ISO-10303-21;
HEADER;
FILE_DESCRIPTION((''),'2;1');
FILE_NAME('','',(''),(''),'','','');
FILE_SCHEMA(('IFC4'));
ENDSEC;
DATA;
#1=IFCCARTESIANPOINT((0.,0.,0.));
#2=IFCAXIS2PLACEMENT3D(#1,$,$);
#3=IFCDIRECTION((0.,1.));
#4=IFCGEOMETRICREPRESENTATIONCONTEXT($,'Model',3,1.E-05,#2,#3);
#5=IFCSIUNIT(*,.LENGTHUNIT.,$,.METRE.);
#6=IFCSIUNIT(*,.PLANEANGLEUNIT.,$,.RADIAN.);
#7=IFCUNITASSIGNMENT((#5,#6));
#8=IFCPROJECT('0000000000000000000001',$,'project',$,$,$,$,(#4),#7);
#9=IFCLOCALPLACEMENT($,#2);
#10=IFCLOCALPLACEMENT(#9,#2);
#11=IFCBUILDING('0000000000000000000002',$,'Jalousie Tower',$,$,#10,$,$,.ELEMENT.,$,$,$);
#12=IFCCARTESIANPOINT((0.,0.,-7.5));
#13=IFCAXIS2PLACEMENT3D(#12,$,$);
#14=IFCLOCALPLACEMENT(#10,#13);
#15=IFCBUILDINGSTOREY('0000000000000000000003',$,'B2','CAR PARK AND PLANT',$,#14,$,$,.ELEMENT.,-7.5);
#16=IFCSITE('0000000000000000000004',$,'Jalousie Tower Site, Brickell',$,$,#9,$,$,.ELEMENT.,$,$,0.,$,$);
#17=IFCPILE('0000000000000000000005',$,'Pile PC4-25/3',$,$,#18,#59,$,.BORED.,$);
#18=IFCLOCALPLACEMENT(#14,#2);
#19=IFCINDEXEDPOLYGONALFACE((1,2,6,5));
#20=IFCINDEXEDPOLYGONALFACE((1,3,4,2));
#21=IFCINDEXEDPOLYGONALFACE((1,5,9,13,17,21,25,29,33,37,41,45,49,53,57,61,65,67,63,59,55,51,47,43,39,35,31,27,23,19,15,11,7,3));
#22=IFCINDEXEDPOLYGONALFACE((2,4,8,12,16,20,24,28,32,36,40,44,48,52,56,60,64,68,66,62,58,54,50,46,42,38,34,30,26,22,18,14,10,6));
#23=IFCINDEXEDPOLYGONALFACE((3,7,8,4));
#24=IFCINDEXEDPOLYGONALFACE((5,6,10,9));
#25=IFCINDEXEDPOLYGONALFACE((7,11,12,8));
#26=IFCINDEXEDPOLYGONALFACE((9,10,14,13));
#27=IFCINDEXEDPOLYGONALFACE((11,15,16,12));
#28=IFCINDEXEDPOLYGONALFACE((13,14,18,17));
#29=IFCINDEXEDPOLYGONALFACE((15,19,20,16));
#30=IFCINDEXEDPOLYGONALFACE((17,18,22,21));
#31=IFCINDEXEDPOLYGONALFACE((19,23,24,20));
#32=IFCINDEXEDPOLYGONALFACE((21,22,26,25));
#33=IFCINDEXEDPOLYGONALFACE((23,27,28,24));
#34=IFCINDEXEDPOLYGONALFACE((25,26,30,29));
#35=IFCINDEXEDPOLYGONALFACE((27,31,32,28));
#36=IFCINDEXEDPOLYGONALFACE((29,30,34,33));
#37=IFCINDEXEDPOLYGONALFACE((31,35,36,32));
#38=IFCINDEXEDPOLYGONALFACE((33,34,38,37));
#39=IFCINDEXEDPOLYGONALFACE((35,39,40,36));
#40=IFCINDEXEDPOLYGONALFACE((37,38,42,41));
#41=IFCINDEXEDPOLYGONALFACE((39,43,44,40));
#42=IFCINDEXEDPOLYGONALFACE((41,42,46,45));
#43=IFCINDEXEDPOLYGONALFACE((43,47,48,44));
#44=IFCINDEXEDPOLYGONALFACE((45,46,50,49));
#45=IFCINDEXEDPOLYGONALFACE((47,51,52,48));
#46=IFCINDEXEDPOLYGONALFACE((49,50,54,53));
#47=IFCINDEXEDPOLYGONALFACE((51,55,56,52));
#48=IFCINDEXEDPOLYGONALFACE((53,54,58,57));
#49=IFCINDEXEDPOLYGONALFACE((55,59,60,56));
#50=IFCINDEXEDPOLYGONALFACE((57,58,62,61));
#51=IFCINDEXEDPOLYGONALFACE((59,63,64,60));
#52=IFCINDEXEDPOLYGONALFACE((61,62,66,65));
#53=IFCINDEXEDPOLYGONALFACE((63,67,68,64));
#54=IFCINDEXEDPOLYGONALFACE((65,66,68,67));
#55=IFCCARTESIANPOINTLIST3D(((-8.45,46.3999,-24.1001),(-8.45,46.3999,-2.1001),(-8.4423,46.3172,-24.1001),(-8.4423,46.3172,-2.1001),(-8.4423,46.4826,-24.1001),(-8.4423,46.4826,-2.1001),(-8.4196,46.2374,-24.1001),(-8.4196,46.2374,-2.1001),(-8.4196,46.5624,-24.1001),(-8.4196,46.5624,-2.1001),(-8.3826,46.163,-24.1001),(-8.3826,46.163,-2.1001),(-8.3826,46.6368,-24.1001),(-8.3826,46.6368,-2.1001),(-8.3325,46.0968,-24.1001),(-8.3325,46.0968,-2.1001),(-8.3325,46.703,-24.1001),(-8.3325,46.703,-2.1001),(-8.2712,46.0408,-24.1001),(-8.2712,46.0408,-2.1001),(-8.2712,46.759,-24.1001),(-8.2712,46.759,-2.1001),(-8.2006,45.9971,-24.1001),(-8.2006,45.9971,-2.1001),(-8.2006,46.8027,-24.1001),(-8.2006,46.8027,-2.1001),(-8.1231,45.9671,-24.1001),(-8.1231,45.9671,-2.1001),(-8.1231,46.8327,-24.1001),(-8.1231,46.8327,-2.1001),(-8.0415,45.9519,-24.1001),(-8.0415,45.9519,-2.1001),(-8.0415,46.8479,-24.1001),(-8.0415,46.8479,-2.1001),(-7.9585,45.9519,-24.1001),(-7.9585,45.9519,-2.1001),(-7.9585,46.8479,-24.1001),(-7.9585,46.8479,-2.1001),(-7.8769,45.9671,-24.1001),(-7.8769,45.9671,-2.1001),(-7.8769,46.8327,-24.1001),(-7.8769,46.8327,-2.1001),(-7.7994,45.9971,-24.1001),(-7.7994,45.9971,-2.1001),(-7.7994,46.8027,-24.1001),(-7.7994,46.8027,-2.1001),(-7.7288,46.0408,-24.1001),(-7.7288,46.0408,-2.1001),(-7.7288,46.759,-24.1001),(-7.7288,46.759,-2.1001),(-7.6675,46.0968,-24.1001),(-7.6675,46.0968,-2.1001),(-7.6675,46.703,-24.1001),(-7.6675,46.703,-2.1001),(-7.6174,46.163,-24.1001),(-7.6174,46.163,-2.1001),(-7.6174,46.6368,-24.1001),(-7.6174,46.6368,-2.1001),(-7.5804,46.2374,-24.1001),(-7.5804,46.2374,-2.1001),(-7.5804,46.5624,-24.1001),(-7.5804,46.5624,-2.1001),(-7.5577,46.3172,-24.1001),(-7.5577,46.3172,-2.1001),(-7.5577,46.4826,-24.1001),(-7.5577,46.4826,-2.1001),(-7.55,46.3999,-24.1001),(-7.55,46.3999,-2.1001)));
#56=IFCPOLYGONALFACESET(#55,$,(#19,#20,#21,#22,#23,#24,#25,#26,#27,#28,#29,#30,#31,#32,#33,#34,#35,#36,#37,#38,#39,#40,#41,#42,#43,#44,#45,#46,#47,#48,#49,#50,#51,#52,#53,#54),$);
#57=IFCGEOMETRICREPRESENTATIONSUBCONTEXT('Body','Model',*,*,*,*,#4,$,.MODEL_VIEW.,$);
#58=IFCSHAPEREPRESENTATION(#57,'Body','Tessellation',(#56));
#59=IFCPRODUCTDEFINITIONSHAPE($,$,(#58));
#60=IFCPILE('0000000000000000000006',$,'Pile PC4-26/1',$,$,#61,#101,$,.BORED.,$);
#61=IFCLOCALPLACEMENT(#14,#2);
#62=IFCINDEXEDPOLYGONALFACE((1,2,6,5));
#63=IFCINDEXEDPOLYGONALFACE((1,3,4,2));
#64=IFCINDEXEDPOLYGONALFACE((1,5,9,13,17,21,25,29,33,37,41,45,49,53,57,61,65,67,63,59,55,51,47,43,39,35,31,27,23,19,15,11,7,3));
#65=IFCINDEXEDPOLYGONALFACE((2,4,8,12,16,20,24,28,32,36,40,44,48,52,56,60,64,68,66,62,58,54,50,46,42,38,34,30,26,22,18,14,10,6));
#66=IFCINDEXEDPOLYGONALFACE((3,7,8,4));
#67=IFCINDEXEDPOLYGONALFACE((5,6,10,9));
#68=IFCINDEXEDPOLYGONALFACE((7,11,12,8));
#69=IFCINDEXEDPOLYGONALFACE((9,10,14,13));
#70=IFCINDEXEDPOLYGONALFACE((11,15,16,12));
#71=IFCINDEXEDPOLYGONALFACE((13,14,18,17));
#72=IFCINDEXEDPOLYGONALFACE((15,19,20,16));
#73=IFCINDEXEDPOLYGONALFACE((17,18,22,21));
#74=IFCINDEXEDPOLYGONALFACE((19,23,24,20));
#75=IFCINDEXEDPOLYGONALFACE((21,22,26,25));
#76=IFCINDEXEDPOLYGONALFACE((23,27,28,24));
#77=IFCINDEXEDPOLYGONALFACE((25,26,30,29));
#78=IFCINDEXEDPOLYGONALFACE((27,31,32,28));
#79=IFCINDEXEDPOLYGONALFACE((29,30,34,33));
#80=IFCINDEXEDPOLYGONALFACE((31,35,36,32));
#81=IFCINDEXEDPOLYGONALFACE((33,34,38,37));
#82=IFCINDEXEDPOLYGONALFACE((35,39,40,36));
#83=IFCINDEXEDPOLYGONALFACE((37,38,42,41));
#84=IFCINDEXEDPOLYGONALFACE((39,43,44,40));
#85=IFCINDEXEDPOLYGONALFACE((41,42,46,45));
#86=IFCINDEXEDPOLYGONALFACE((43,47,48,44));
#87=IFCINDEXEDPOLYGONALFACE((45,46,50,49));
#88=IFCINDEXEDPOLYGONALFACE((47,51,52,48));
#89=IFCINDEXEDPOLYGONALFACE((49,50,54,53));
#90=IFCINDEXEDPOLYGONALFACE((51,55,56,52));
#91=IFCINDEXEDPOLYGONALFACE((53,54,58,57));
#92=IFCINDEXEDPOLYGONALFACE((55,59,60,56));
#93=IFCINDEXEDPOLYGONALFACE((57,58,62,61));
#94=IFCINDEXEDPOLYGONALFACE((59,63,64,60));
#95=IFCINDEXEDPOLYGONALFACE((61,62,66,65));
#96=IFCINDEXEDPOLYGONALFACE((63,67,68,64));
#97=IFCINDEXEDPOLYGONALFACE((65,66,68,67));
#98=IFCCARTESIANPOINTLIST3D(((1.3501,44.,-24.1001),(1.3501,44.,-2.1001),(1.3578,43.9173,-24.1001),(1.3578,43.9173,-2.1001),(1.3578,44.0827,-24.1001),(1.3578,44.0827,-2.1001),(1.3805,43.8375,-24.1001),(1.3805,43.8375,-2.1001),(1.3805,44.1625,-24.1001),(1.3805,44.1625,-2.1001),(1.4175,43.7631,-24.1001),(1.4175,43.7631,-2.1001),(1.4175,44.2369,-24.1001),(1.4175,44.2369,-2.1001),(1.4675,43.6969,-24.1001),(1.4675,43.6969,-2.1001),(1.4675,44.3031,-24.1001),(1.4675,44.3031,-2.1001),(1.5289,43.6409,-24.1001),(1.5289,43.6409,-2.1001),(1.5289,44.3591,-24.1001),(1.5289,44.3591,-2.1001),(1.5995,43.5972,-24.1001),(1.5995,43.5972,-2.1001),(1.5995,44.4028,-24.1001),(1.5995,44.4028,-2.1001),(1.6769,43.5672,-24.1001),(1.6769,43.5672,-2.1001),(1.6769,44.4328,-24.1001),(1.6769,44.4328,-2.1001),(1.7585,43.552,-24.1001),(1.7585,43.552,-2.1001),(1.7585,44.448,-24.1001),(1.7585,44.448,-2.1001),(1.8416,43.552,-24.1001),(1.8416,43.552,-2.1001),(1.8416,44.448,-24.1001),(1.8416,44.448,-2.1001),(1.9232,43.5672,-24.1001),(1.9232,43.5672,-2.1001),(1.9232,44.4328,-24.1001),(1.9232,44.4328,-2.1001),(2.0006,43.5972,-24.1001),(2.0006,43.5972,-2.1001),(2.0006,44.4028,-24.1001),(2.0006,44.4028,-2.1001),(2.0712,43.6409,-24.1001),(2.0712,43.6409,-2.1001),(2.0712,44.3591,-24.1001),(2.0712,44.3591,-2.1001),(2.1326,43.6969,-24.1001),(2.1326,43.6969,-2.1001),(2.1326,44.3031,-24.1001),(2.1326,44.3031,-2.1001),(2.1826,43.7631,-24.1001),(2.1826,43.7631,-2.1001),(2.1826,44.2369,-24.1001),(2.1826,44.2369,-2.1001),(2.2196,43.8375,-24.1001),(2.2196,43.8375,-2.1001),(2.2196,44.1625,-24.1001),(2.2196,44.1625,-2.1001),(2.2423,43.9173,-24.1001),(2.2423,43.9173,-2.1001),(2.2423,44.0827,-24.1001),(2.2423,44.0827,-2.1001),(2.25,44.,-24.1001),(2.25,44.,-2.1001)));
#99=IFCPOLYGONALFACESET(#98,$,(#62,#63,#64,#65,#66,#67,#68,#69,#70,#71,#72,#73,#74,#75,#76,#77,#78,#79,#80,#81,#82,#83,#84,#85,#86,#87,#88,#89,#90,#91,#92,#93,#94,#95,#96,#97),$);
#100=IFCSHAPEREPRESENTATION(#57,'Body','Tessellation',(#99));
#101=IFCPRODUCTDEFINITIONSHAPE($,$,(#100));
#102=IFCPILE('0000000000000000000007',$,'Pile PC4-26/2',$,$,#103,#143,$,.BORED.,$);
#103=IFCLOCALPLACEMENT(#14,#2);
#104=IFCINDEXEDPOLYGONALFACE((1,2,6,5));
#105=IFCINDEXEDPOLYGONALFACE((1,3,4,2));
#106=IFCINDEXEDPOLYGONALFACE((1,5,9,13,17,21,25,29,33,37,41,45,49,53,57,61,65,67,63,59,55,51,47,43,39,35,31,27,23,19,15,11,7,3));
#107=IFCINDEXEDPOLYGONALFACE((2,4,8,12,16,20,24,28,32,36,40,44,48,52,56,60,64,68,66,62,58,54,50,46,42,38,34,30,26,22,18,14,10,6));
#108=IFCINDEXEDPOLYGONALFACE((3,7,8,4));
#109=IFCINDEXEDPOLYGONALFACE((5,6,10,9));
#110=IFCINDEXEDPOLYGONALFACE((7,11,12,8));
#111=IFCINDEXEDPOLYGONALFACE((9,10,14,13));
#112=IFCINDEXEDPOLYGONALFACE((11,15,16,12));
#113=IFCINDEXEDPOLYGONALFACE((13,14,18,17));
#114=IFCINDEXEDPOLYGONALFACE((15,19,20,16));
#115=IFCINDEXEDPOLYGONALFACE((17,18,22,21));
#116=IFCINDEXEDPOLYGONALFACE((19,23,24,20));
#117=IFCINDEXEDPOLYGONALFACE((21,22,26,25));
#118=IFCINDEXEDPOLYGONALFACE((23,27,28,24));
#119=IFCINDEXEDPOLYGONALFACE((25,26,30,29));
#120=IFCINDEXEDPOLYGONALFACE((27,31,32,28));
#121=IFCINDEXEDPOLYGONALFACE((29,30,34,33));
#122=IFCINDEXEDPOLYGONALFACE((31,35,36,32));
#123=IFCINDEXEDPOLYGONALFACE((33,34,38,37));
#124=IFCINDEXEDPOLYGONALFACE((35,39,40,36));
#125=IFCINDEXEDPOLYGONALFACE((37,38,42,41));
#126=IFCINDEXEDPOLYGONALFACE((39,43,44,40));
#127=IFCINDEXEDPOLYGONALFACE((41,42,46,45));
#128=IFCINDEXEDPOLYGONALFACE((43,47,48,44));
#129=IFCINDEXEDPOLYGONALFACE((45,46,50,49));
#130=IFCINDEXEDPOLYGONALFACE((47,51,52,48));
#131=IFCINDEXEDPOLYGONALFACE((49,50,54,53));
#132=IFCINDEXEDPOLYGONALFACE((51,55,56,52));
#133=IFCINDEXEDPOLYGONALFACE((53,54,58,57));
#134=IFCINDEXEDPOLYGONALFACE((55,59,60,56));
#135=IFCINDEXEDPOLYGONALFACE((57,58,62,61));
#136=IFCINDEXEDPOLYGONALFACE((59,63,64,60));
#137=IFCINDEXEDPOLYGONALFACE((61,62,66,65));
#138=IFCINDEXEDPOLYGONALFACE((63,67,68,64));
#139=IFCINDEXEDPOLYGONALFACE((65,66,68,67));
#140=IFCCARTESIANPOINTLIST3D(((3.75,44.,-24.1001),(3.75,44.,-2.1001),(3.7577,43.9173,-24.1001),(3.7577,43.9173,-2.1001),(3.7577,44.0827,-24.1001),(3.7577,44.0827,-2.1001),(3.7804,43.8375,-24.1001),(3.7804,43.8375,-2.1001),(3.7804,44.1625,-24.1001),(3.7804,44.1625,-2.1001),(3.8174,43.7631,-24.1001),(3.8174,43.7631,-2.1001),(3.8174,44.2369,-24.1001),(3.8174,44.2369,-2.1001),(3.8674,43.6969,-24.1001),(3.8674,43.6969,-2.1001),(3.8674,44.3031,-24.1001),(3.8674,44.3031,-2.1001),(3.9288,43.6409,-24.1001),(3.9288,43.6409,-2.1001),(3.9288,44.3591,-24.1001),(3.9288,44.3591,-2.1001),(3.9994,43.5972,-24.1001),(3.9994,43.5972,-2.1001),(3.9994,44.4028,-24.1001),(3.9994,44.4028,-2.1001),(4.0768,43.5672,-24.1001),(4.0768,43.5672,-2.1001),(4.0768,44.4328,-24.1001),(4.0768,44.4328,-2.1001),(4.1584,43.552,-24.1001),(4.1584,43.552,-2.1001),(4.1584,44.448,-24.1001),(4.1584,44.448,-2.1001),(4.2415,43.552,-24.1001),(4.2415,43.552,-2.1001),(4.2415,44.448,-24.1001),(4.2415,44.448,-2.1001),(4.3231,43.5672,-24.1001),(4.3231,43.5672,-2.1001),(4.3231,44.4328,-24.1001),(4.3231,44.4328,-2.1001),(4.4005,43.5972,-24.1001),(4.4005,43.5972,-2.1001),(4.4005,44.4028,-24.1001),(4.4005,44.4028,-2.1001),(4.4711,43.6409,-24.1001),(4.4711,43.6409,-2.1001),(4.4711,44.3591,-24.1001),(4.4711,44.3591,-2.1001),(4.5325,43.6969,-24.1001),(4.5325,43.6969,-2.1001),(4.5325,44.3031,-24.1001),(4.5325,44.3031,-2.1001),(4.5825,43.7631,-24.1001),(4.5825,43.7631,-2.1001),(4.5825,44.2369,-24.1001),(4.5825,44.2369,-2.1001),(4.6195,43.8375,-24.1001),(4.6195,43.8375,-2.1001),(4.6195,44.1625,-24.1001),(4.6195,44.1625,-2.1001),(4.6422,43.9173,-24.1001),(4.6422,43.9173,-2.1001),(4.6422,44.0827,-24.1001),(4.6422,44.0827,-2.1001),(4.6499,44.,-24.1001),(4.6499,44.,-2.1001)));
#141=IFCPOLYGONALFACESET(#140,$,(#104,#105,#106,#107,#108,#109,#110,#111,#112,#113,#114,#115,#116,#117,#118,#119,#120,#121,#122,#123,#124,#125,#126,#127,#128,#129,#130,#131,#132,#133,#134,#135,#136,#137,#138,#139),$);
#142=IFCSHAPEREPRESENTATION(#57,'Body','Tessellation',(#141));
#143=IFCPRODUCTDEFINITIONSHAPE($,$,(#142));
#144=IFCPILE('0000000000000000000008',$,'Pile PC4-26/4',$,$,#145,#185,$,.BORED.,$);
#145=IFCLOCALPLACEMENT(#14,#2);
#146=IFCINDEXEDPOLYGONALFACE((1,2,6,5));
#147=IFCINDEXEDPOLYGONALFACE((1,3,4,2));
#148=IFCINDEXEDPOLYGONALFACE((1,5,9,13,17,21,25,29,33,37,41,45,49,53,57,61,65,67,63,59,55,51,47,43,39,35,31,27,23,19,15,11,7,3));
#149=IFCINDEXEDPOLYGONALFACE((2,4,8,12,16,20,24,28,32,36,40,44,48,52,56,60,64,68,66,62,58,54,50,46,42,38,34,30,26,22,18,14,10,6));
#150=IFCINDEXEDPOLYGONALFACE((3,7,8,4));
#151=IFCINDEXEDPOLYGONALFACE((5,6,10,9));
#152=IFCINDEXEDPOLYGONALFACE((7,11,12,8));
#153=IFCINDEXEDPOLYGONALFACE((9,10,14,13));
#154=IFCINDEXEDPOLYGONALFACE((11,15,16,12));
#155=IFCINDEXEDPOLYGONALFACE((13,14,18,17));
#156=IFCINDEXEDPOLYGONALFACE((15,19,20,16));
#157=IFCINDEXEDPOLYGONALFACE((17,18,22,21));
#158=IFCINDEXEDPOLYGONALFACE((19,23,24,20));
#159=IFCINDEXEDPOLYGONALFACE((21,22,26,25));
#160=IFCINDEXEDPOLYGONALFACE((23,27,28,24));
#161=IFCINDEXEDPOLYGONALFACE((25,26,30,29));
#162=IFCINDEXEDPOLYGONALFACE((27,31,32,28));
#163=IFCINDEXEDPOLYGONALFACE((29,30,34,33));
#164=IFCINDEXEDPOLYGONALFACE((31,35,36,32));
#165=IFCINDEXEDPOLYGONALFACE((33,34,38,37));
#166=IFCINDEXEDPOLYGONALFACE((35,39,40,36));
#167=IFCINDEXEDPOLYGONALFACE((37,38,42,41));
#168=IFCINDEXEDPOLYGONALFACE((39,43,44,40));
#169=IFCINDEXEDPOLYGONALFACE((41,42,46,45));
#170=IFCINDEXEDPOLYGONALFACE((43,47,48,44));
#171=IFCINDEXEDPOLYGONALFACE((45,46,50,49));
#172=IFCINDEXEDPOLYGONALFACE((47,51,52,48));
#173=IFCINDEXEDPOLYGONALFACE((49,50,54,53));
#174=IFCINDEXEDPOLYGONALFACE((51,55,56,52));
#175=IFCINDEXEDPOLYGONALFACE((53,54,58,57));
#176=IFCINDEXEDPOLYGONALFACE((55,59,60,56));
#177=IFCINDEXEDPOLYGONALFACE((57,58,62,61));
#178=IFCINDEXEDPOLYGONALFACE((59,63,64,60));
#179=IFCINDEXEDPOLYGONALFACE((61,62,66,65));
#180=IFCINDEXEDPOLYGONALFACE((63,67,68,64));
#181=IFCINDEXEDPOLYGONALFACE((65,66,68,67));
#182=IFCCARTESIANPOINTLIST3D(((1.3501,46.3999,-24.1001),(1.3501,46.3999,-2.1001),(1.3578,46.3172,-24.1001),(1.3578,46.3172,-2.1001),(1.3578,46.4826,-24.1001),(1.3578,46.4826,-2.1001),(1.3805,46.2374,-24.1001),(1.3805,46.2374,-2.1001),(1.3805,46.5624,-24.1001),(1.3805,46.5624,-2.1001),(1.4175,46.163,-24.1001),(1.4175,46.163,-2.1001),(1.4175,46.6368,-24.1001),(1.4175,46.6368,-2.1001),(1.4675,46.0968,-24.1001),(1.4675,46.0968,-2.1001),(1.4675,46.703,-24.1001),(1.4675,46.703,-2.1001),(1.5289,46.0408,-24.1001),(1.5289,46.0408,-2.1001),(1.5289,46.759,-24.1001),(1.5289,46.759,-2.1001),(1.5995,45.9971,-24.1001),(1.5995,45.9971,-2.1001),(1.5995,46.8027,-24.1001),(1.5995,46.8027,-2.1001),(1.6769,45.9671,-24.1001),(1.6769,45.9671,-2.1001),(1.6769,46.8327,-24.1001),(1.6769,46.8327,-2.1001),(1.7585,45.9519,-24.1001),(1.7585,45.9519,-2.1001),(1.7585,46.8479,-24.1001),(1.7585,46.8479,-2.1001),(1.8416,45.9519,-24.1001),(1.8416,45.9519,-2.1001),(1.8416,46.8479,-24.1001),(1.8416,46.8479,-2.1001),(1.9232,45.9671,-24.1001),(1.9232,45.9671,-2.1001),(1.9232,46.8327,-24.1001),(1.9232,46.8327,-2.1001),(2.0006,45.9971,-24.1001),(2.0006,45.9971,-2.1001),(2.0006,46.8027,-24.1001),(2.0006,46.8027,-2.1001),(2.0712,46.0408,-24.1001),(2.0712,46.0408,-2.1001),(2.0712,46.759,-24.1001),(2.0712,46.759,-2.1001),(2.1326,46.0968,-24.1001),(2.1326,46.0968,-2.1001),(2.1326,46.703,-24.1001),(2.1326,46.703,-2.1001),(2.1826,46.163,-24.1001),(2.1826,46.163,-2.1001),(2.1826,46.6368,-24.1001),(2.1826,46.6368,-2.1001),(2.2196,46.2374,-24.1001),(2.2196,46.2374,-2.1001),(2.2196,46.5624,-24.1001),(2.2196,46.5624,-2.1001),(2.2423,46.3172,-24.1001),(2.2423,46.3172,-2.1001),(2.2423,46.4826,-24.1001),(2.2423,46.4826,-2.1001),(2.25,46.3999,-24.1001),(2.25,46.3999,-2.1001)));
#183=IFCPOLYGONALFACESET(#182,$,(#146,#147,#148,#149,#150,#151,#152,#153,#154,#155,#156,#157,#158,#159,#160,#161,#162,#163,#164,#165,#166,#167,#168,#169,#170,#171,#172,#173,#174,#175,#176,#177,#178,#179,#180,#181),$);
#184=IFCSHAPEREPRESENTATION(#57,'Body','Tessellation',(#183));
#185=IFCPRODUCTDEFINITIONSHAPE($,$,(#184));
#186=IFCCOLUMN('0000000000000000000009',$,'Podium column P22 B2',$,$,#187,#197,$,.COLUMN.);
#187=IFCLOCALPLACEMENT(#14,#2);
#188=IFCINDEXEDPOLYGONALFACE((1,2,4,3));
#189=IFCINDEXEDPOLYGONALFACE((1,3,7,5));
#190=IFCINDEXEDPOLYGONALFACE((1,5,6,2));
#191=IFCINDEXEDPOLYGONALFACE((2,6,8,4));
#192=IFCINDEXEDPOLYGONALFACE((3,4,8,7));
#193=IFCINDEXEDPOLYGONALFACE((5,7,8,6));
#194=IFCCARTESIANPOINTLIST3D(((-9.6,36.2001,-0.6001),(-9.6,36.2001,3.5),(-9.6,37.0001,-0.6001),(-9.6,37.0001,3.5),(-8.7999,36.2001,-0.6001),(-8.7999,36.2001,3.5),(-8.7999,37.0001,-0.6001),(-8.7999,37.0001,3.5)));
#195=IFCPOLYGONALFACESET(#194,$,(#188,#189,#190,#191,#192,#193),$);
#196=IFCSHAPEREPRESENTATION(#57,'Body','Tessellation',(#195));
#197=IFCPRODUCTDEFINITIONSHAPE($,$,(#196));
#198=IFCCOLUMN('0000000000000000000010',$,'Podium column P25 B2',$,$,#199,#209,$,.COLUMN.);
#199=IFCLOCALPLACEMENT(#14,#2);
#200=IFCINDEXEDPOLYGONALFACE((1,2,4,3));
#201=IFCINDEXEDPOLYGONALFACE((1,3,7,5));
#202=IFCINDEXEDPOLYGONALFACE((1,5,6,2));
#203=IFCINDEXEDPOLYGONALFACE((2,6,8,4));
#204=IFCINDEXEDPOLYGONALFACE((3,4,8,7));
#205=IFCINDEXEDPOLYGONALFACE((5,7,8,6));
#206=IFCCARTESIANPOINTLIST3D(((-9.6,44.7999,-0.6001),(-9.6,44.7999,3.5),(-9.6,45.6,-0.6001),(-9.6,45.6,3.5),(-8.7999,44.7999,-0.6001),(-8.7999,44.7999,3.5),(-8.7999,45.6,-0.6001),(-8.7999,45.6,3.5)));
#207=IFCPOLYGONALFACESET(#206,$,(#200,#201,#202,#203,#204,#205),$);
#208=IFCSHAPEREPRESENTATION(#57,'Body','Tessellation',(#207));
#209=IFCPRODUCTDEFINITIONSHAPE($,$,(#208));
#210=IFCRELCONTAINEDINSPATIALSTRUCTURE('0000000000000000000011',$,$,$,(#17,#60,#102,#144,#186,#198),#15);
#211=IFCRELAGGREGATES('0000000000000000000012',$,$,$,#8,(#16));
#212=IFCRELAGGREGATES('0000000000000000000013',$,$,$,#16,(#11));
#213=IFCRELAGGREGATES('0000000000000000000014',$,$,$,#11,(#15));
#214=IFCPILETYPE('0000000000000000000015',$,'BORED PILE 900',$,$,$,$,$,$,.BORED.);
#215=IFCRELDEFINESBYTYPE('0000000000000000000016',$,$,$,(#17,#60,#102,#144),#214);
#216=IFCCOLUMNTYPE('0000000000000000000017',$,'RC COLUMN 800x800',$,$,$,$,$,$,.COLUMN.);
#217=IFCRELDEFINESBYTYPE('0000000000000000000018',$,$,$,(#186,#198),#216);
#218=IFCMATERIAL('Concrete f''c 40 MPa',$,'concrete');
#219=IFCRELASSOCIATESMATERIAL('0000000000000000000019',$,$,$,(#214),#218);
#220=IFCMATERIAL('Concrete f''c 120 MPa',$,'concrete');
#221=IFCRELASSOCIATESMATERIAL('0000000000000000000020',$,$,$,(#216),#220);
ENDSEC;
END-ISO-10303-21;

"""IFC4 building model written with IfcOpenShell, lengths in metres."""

from ifc_helpers import new_model, si_unit, direction, frame, origin, origin_2d, place, context, subcontext, project, spatial, rectangle, circle, extrude, material, material_profile, profile_set, type_object, element, save


model = new_model("IFC4")

# Units and contexts
model_context = context("Model", 3, precision=1e-05, world=origin(), true_north=direction((0.0, 1.0)))
body_context = subcontext(model_context, "Body", "Model", "MODEL_VIEW")
ifc_project = project(units=[si_unit("LENGTHUNIT", "METRE"), si_unit("PLANEANGLEUNIT", "RADIAN")], contexts=[model_context])

# Site, building, storey
site_placement = place(None, origin())
site = spatial("IfcSite", under=ifc_project, at=site_placement, Name="Jalousie Tower Site, Brickell", CompositionType="ELEMENT", RefElevation=0.0)
building_placement = place(site_placement, origin())
building = spatial("IfcBuilding", under=site, at=building_placement, Name="Jalousie Tower", CompositionType="ELEMENT")
storey_placement = place(building_placement, frame((0.0, 0.0, -7.5)))
storey = spatial("IfcBuildingStorey", under=building, at=storey_placement, Name="B2", Description="CAR PARK AND PLANT", CompositionType="ELEMENT", Elevation=-7.5)

# Piles
ifc_material_1 = material(Name="Concrete f'c 40 MPa", Category="concrete")
ifc_material_profile_1 = material_profile(ifc_material_1, circle(Radius=0.45, at=origin_2d()), Name="BORED PILE D900")
ifc_profile_set_1 = profile_set([ifc_material_profile_1], Name="Concrete f'c 40 MPa")
pile_type_1 = type_object("IfcPileType", Name="BORED PILE 900", PredefinedType="BORED", material=ifc_profile_set_1)
for number, where, z_axis, x_axis, name in (
    (1, (-8.0, 46.3999, -2.1001), (0.0, 0.0, -1.0), (1.0, 0.0, 0.0), "Pile PC4-25/3"),
    (2, (1.8, 44.0, -2.1001), (0.0, 0.0, -1.0), (1.0, 0.0, 0.0), "Pile PC4-26/1"),
    (3, (4.2, 44.0, -2.1001), (0.0, 0.0, -1.0), (1.0, 0.0, 0.0), "Pile PC4-26/2"),
    (4, (1.8, 46.3999, -2.1001), (0.0, 0.0, -1.0), (1.0, 0.0, 0.0), "Pile PC4-26/4"),
):
    element("IfcPile", number, at=place(storey_placement, frame(where, z_axis=z_axis, x_axis=x_axis)), inside=storey, type_object=pile_type_1, Name=name, PredefinedType="BORED", context=body_context, shape_type="SweptSolid", body=[
        extrude(circle(Radius=0.45, at=origin_2d()), origin(), (0.0, 0.0, 1.0), 22.0),
    ])

# Columns
ifc_material_2 = material(Name="Concrete f'c 120 MPa", Category="concrete")
ifc_material_profile_2 = material_profile(ifc_material_2, rectangle(XDim=0.8, YDim=0.8, at=origin_2d()), Name="RC 800x800")
ifc_profile_set_2 = profile_set([ifc_material_profile_2], Name="Concrete f'c 120 MPa")
column_type = type_object("IfcColumnType", Name="RC COLUMN 800x800", PredefinedType="COLUMN", material=ifc_profile_set_2)
for number, where, z_axis, x_axis, name in (
    (5, (-9.2, 36.6001, -0.6001), (0.0, 0.0, 1.0), (1.0, 0.0, 0.0), "Podium column P22 B2"),
    (6, (-9.2, 45.2, -0.6001), (0.0, 0.0, 1.0), (1.0, 0.0, 0.0), "Podium column P25 B2"),
):
    element("IfcColumn", number, at=place(storey_placement, frame(where, z_axis=z_axis, x_axis=x_axis)), inside=storey, type_object=column_type, Name=name, PredefinedType="COLUMN", context=body_context, shape_type="SweptSolid", body=[
        extrude(rectangle(XDim=0.8, YDim=0.8, at=origin_2d()), origin(), (0.0, 0.0, 1.0), 4.1001),
    ])

save(model, "model.ifc")
